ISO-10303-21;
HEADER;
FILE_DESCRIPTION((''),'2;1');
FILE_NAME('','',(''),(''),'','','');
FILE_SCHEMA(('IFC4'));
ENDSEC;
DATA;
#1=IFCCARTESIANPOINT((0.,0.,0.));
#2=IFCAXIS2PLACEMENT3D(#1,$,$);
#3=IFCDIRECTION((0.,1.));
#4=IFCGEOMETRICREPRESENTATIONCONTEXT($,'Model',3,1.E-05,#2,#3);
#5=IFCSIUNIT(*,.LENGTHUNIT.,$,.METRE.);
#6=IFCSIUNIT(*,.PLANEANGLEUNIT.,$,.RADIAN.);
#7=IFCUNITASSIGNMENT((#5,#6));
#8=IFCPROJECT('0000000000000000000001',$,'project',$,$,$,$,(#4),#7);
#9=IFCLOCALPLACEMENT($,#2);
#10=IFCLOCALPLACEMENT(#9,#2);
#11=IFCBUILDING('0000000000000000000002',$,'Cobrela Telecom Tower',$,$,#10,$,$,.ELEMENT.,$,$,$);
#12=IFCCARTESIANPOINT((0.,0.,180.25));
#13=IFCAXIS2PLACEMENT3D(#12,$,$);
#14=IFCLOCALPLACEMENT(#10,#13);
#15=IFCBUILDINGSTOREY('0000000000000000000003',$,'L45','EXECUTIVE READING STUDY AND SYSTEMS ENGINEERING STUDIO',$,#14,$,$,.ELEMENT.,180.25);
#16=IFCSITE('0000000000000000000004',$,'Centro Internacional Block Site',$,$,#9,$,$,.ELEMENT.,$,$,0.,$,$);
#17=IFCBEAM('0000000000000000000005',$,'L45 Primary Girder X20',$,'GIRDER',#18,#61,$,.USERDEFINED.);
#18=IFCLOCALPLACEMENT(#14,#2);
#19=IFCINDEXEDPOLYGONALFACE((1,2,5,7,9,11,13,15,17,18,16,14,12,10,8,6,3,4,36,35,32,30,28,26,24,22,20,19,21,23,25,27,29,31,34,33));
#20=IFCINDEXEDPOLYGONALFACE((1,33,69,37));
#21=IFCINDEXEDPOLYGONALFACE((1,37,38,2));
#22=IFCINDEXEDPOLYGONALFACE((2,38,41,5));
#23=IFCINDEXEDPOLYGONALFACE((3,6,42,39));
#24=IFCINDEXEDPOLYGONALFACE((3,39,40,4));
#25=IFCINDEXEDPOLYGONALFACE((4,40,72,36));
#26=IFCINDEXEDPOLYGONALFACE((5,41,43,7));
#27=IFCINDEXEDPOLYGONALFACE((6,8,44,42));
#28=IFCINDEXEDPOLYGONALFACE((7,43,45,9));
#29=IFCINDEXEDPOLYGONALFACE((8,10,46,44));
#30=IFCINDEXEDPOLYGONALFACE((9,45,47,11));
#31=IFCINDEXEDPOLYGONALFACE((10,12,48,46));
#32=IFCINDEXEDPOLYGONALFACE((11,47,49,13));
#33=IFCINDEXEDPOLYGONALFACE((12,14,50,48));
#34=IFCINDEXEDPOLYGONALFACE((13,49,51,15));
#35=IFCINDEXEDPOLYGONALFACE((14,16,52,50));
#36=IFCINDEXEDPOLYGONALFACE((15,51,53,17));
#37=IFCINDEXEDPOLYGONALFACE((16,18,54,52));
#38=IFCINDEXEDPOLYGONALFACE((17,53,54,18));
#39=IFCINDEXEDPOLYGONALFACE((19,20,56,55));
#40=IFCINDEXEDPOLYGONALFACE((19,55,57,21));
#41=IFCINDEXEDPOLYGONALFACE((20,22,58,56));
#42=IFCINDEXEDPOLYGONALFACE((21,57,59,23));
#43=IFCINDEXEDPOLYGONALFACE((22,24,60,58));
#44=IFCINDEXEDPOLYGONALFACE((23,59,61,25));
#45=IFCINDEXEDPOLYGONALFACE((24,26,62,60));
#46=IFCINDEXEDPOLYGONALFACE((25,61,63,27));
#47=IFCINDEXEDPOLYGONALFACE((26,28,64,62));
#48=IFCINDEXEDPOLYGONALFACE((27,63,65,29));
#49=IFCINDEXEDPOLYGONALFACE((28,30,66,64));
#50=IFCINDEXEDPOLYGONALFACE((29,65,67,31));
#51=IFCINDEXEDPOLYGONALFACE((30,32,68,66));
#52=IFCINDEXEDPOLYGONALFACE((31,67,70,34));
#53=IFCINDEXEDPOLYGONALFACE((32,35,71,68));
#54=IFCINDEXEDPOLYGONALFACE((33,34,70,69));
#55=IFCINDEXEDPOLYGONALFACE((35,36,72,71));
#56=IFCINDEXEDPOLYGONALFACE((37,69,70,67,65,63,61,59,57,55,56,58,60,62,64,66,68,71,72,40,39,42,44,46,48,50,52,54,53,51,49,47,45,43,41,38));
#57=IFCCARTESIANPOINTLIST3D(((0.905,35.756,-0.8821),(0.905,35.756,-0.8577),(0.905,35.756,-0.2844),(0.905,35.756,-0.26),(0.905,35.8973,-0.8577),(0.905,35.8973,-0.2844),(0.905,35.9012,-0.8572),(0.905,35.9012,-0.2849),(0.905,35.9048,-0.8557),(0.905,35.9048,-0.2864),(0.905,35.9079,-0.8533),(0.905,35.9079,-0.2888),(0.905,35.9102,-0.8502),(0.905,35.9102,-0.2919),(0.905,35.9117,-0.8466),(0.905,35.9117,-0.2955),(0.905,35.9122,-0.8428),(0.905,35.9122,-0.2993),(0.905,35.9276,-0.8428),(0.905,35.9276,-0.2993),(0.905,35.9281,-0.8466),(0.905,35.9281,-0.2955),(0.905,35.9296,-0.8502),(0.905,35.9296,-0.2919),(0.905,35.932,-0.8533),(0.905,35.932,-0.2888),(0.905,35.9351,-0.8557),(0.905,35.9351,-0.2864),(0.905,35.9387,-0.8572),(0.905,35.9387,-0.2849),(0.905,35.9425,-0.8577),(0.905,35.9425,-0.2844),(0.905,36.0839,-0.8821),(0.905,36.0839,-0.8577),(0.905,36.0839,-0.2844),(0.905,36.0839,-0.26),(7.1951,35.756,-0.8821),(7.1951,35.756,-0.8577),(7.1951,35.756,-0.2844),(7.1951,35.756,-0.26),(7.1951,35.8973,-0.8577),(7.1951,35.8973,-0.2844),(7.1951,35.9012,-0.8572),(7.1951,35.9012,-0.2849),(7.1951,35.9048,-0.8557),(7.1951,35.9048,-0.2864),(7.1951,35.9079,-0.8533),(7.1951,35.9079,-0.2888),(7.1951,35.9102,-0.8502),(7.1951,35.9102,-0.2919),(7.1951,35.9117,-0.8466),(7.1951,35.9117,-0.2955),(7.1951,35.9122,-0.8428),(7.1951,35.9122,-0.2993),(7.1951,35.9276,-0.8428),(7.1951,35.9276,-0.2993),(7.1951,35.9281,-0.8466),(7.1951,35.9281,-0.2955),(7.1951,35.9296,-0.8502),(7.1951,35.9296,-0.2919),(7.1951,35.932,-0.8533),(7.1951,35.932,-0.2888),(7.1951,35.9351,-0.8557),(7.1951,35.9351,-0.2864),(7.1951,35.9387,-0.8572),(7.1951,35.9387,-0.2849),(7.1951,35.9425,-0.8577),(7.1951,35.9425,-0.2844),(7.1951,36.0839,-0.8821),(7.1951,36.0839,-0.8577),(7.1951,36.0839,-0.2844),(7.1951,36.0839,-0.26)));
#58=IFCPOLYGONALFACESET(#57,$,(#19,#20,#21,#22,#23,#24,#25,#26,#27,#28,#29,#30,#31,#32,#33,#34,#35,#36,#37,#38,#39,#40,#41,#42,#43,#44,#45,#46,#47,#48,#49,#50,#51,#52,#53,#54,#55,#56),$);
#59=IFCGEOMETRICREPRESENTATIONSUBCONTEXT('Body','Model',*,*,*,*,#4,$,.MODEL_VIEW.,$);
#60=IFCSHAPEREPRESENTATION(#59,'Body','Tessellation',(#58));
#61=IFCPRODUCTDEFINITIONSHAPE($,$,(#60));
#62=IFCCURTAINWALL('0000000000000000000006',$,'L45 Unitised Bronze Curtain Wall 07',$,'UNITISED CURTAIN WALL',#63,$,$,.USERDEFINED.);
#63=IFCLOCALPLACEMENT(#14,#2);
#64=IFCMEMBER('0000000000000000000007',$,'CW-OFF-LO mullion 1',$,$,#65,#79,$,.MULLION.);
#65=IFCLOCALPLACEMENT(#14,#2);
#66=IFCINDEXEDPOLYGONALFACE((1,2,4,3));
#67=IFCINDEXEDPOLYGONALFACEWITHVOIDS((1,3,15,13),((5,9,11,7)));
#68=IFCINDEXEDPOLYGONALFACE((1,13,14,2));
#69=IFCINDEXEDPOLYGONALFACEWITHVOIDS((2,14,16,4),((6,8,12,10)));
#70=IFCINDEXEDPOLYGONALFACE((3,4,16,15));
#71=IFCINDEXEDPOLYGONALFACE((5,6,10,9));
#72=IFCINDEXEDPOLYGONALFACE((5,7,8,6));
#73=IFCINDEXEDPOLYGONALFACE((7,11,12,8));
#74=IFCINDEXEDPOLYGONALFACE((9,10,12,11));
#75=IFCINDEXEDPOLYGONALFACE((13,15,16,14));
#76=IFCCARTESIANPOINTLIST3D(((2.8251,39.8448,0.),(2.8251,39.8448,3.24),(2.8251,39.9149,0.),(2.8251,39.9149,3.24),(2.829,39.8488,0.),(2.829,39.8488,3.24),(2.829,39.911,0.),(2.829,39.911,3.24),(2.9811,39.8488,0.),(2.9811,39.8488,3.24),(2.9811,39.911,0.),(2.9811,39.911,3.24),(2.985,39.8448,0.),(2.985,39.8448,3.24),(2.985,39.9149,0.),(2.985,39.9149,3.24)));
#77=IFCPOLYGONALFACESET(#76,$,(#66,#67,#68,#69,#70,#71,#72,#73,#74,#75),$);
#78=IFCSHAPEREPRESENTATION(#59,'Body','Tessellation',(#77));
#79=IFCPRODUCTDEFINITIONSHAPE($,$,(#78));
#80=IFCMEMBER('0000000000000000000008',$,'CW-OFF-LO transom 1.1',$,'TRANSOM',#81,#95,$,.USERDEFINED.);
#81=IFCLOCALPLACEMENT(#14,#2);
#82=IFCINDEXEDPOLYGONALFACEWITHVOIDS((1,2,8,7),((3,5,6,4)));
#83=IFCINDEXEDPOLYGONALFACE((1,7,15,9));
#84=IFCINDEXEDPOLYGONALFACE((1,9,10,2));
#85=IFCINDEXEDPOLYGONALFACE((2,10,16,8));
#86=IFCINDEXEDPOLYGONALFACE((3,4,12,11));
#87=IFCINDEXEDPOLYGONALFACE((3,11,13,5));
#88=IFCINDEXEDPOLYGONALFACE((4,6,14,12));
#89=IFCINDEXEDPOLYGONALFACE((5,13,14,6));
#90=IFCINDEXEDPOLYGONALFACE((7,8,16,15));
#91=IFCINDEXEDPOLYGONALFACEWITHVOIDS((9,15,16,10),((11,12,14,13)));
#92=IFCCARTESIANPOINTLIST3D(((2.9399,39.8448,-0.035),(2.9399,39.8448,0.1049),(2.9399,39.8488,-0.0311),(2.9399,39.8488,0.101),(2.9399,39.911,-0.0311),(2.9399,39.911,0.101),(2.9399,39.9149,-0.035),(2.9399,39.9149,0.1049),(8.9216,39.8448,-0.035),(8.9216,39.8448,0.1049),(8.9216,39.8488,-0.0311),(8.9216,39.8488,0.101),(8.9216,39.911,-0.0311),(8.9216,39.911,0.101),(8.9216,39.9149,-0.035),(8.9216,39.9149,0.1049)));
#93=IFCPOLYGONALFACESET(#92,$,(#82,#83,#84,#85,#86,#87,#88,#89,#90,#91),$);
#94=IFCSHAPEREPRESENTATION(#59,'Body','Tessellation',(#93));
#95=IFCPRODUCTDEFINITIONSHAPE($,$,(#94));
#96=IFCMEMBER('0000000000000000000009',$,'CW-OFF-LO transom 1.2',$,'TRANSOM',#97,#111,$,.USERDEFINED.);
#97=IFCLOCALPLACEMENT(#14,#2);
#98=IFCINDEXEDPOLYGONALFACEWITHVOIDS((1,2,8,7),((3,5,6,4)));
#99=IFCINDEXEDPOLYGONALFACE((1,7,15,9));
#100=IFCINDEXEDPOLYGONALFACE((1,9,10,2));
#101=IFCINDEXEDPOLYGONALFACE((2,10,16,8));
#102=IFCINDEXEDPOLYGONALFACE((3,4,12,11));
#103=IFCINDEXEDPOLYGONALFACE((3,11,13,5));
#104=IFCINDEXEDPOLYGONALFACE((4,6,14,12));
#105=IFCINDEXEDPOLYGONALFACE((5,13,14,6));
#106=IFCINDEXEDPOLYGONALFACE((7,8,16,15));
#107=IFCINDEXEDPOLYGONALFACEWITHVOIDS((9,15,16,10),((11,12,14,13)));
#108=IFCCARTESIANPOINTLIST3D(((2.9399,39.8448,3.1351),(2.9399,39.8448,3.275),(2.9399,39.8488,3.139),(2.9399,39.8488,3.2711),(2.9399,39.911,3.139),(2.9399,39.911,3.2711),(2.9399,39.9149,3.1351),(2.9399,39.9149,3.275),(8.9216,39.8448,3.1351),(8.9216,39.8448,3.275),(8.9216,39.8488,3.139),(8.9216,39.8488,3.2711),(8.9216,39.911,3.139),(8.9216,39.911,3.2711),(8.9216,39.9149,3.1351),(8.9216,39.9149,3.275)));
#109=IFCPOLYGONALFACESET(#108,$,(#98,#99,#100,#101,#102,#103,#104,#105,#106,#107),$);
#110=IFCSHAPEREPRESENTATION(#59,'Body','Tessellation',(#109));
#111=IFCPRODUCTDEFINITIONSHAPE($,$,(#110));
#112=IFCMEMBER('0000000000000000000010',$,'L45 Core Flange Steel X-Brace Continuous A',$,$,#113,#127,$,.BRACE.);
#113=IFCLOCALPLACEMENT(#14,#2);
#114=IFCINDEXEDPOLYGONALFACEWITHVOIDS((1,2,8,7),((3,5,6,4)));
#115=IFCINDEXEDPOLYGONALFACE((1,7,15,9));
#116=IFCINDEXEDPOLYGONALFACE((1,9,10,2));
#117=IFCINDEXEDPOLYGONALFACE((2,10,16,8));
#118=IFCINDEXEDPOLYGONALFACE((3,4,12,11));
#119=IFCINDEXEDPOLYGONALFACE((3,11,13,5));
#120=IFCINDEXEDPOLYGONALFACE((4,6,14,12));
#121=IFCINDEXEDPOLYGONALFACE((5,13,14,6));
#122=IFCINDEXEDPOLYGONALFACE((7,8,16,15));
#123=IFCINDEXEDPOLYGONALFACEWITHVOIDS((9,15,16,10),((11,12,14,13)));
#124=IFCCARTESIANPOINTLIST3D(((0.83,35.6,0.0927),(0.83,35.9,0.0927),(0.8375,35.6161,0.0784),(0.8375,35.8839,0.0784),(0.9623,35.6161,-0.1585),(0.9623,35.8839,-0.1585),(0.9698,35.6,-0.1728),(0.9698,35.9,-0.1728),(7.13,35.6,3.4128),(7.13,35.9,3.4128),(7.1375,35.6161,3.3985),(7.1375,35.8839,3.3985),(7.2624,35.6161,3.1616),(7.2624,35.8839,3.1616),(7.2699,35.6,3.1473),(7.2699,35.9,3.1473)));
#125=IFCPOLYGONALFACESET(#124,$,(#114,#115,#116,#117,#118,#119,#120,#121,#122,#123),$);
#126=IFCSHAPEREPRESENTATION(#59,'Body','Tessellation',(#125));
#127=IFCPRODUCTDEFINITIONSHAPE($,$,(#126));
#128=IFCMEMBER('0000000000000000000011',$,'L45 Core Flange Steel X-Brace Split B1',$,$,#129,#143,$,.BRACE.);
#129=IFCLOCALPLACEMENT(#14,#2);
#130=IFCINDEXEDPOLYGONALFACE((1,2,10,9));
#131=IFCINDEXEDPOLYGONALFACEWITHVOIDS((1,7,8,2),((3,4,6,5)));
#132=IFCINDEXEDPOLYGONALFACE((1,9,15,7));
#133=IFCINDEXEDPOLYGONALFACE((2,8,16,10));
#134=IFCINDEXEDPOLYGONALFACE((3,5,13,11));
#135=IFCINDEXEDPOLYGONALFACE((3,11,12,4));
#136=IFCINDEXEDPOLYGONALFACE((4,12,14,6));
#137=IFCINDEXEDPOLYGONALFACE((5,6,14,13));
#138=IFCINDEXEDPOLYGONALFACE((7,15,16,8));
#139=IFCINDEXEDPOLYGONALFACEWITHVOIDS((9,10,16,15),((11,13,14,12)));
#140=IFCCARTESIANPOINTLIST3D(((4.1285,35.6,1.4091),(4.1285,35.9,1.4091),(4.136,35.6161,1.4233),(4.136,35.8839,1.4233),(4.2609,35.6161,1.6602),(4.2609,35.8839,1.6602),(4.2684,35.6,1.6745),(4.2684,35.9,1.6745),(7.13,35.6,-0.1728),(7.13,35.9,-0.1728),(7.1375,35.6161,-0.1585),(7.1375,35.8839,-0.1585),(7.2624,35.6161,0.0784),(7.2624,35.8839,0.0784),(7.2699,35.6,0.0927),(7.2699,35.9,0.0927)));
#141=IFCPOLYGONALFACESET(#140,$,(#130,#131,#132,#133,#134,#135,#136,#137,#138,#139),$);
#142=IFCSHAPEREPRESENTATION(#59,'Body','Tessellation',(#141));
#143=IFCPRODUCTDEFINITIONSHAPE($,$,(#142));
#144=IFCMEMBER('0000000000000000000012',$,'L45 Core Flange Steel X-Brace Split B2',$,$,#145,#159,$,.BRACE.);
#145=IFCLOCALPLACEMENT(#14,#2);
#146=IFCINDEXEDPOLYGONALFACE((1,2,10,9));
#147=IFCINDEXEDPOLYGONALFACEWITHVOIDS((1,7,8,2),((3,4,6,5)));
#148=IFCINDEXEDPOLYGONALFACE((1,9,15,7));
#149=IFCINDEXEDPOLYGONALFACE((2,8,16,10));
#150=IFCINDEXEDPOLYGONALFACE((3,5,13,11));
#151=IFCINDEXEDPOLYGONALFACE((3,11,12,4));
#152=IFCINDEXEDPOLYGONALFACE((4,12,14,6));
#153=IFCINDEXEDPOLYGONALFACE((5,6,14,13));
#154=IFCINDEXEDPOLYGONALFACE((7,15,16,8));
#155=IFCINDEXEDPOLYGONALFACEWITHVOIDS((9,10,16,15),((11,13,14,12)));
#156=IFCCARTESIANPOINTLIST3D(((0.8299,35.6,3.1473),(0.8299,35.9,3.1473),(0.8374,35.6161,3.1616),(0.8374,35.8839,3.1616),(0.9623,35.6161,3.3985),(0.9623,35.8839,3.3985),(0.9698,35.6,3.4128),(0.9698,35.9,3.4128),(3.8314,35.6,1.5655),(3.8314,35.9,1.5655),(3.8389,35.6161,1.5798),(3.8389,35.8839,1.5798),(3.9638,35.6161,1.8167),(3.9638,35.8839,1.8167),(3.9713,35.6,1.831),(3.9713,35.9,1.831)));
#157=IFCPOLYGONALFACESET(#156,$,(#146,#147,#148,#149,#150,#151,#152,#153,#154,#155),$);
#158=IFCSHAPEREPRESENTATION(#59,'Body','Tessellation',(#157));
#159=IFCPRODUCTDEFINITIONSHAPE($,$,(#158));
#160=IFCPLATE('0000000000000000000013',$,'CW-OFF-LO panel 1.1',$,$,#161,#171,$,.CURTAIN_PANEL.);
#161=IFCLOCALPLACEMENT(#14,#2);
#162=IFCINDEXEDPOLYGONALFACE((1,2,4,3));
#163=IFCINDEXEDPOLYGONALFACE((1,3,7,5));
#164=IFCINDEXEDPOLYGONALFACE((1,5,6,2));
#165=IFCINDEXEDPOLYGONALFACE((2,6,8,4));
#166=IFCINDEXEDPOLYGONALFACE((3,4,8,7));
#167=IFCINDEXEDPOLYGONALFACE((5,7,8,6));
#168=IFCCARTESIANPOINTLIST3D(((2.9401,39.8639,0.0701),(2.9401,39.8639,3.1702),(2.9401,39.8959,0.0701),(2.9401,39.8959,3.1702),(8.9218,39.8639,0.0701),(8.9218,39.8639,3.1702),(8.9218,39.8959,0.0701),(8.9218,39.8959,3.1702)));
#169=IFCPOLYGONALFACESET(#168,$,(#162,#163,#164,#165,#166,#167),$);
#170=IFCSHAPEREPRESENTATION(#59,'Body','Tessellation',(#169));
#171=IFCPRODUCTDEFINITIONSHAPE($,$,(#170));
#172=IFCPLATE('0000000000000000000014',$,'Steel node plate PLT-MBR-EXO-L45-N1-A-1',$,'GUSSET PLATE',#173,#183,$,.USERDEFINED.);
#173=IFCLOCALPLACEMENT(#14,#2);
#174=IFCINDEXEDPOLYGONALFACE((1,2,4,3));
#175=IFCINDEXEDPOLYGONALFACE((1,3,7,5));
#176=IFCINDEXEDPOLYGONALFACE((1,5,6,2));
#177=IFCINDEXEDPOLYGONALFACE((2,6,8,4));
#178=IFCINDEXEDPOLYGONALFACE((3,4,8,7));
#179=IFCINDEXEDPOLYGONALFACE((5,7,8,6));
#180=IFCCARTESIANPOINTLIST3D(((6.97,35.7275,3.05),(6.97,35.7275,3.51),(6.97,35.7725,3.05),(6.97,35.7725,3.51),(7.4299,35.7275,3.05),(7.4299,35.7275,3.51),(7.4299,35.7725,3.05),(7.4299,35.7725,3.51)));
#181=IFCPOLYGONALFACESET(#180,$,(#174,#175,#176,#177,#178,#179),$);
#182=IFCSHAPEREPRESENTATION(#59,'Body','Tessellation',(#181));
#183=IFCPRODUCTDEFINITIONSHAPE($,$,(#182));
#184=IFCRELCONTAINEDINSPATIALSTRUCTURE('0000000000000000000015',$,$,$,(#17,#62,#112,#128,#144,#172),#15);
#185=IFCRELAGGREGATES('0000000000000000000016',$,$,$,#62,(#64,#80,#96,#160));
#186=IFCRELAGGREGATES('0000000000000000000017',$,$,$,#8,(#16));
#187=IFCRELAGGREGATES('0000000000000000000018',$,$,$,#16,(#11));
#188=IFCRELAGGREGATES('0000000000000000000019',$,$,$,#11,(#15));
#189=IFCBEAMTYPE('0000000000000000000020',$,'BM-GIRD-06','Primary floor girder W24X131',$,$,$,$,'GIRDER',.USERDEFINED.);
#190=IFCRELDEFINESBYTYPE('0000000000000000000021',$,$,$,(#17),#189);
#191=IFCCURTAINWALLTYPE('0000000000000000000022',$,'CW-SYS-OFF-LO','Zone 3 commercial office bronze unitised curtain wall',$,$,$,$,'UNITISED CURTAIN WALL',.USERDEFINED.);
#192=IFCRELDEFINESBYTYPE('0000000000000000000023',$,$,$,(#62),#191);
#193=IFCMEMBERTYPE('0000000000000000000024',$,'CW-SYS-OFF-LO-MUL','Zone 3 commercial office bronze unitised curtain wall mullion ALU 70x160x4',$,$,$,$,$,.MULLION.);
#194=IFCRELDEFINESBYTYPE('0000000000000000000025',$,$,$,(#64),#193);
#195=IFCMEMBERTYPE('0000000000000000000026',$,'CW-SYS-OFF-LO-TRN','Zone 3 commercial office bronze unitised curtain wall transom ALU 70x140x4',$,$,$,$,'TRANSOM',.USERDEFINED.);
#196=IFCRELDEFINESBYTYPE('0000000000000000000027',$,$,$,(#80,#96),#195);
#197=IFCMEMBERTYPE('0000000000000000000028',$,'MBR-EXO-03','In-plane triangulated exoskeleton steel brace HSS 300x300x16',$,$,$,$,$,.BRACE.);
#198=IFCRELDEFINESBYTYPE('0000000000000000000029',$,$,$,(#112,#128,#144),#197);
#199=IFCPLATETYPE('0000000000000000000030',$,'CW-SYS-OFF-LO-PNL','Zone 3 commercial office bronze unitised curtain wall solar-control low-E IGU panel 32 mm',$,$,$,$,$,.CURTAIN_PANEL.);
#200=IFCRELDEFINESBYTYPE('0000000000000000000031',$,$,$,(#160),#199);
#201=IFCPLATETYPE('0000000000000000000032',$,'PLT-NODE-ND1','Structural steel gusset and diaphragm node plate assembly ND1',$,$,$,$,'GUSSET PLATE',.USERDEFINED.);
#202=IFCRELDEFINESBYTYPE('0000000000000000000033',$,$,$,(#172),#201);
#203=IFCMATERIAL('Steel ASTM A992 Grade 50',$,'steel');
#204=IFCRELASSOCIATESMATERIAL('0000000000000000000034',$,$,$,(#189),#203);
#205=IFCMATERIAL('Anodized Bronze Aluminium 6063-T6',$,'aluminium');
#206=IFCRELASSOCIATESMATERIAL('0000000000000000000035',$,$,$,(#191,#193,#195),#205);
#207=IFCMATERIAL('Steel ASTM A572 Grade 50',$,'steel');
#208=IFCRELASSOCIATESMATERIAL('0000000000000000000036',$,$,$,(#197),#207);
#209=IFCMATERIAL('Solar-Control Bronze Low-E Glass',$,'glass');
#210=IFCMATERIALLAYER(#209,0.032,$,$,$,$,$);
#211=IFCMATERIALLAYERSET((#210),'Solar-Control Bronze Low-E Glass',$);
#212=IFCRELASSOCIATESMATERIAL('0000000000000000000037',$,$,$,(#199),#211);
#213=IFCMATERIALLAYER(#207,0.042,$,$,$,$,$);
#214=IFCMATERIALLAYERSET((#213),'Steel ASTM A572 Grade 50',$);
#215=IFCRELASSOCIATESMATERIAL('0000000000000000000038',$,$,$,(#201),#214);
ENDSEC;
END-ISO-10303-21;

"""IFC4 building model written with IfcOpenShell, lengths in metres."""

from ifc_helpers import new_model, si_unit, direction, frame, origin, origin_2d, place, context, subcontext, project, spatial, rectangle, hollow_rectangle, i_section, extrude, material, layer, layer_set, material_profile, profile_set, type_object, element, aggregate, save


model = new_model("IFC4")

# Units and contexts
model_context = context("Model", 3, precision=1e-05, world=origin(), true_north=direction((0.0, 1.0)))
body_context = subcontext(model_context, "Body", "Model", "MODEL_VIEW")
ifc_project = project(units=[si_unit("LENGTHUNIT", "METRE"), si_unit("PLANEANGLEUNIT", "RADIAN")], contexts=[model_context])

# Site, building, storey
site_placement = place(None, origin())
site = spatial("IfcSite", under=ifc_project, at=site_placement, Name="Centro Internacional Block Site", CompositionType="ELEMENT", RefElevation=0.0)
building_placement = place(site_placement, origin())
building = spatial("IfcBuilding", under=site, at=building_placement, Name="Cobrela Telecom Tower", CompositionType="ELEMENT")
storey_placement = place(building_placement, frame((0.0, 0.0, 180.25)))
storey = spatial("IfcBuildingStorey", under=building, at=storey_placement, Name="L45", Description="EXECUTIVE READING STUDY AND SYSTEMS ENGINEERING STUDIO", CompositionType="ELEMENT", Elevation=180.25)

# Beam
ifc_material_1 = material(Name="Steel ASTM A992 Grade 50", Category="steel")
ifc_material_profile_1 = material_profile(ifc_material_1, i_section(OverallWidth=0.3279, OverallDepth=0.6221, WebThickness=0.0154, FlangeThickness=0.0244, FilletRadius=0.0149, at=origin_2d()), Name="W24X131")
ifc_profile_set_1 = profile_set([ifc_material_profile_1], Name="Steel ASTM A992 Grade 50")
beam_type = type_object("IfcBeamType", Name="BM-GIRD-06", Description="Primary floor girder W24X131", ElementType="GIRDER", PredefinedType="USERDEFINED", material=ifc_profile_set_1)
beam_placement = place(storey_placement, frame((0.905, 35.9199, -0.571), z_axis=(1.0, 0.0, 0.0), x_axis=(0.0, 1.0, 0.0)))
element("IfcBeam", 1, at=beam_placement, inside=storey, type_object=beam_type, Name="L45 Primary Girder X20", ObjectType="GIRDER", PredefinedType="USERDEFINED", context=body_context, shape_type="SweptSolid", body=[
    extrude(i_section(OverallWidth=0.3279, OverallDepth=0.6221, WebThickness=0.0154, FlangeThickness=0.0244, FilletRadius=0.0149, at=origin_2d()), origin(), (0.0, 0.0, 1.0), 6.29),
])

# Curtain wall, members
ifc_material_2 = material(Name="Anodized Bronze Aluminium 6063-T6", Category="aluminium")
curtain_wall_type = type_object("IfcCurtainWallType", Name="CW-SYS-OFF-LO", Description="Zone 3 commercial office bronze unitised curtain wall", ElementType="UNITISED CURTAIN WALL", PredefinedType="USERDEFINED", material=ifc_material_2)
curtain_wall_placement = place(storey_placement, origin())
curtain_wall = element("IfcCurtainWall", 2, at=curtain_wall_placement, inside=storey, type_object=curtain_wall_type, Name="L45 Unitised Bronze Curtain Wall 07", ObjectType="UNITISED CURTAIN WALL", PredefinedType="USERDEFINED")
ifc_material_profile_2 = material_profile(ifc_material_2, hollow_rectangle(XDim=0.0701, YDim=0.1599, WallThickness=0.0039, at=origin_2d()), Name="ALU 70x160x4")
ifc_profile_set_2 = profile_set([ifc_material_profile_2], Name="Anodized Bronze Aluminium 6063-T6")
member_type_1 = type_object("IfcMemberType", Name="CW-SYS-OFF-LO-MUL", Description="Zone 3 commercial office bronze unitised curtain wall mullion ALU 70x160x4", PredefinedType="MULLION", material=ifc_profile_set_2)
member_1_placement = place(storey_placement, frame((2.905, 39.8799, 0.0), z_axis=(0.0, 0.0, 1.0), x_axis=(0.0, 1.0, 0.0)))
member_1 = element("IfcMember", 3, at=member_1_placement, type_object=member_type_1, Name="CW-OFF-LO mullion 1", PredefinedType="MULLION", context=body_context, shape_type="SweptSolid", body=[
    extrude(hollow_rectangle(XDim=0.0701, YDim=0.1599, WallThickness=0.0039, at=origin_2d()), origin(), (0.0, 0.0, 1.0), 3.24),
])
ifc_material_profile_3 = material_profile(ifc_material_2, hollow_rectangle(XDim=0.0701, YDim=0.1399, WallThickness=0.0039, at=origin_2d()), Name="ALU 70x140x4")
ifc_profile_set_3 = profile_set([ifc_material_profile_3], Name="Anodized Bronze Aluminium 6063-T6")
member_type_2 = type_object("IfcMemberType", Name="CW-SYS-OFF-LO-TRN", Description="Zone 3 commercial office bronze unitised curtain wall transom ALU 70x140x4", ElementType="TRANSOM", PredefinedType="USERDEFINED", material=ifc_profile_set_3)
member_2_placement = place(storey_placement, frame((2.9399, 39.8799, 0.0349), z_axis=(1.0, 0.0, 0.0), x_axis=(0.0, 1.0, 0.0)))
member_2 = element("IfcMember", 4, at=member_2_placement, type_object=member_type_2, Name="CW-OFF-LO transom 1.1", ObjectType="TRANSOM", PredefinedType="USERDEFINED", context=body_context, shape_type="SweptSolid", body=[
    extrude(hollow_rectangle(XDim=0.0701, YDim=0.1399, WallThickness=0.0039, at=origin_2d()), origin(), (0.0, 0.0, 1.0), 5.9817),
])
member_3_placement = place(storey_placement, frame((2.9399, 39.8799, 3.2051), z_axis=(1.0, 0.0, 0.0), x_axis=(0.0, 1.0, 0.0)))
member_3 = element("IfcMember", 5, at=member_3_placement, type_object=member_type_2, Name="CW-OFF-LO transom 1.2", ObjectType="TRANSOM", PredefinedType="USERDEFINED", context=body_context, shape_type="SweptSolid", body=[
    extrude(hollow_rectangle(XDim=0.0701, YDim=0.1399, WallThickness=0.0039, at=origin_2d()), origin(), (0.0, 0.0, 1.0), 5.9817),
])

# Members
ifc_material_3 = material(Name="Steel ASTM A572 Grade 50", Category="steel")
ifc_material_profile_4 = material_profile(ifc_material_3, hollow_rectangle(XDim=0.3, YDim=0.3, WallThickness=0.0161, at=origin_2d()), Name="HSS 300x300x16")
ifc_profile_set_4 = profile_set([ifc_material_profile_4], Name="Steel ASTM A572 Grade 50")
member_type_3 = type_object("IfcMemberType", Name="MBR-EXO-03", Description="In-plane triangulated exoskeleton steel brace HSS 300x300x16", PredefinedType="BRACE", material=ifc_profile_set_4)
member_4_placement = place(storey_placement, frame((0.8999, 35.75, -0.04), z_axis=(0.884672, 0.0, 0.466214), x_axis=(0.0, 1.0, 0.0)))
element("IfcMember", 6, at=member_4_placement, inside=storey, type_object=member_type_3, Name="L45 Core Flange Steel X-Brace Continuous A", PredefinedType="BRACE", context=body_context, shape_type="SweptSolid", body=[
    extrude(hollow_rectangle(XDim=0.3, YDim=0.3, WallThickness=0.0161, at=origin_2d()), origin(), (0.0, 0.0, 1.0), 7.1213),
])
for number, where, z_axis, x_axis, name in (
    (7, (7.2, 35.75, -0.04), (-0.884667, 0.0, 0.466224), (0.0, -1.0, 0.0), "L45 Core Flange Steel X-Brace Split B1"),
    (8, (3.9014, 35.75, 1.6982), (-0.884667, 0.0, 0.466224), (0.0, -1.0, 0.0), "L45 Core Flange Steel X-Brace Split B2"),
):
    element("IfcMember", number, at=place(storey_placement, frame(where, z_axis=z_axis, x_axis=x_axis)), inside=storey, type_object=member_type_3, Name=name, PredefinedType="BRACE", context=body_context, shape_type="SweptSolid", body=[
        extrude(hollow_rectangle(XDim=0.3, YDim=0.3, WallThickness=0.0161, at=origin_2d()), origin(), (0.0, 0.0, 1.0), 3.3928),
    ])

# Plate
ifc_material_4 = material(Name="Solar-Control Bronze Low-E Glass", Category="glass")
ifc_layer_1 = layer(ifc_material_4, 0.032)
ifc_layer_set_1 = layer_set([ifc_layer_1], Name="Solar-Control Bronze Low-E Glass")
plate_type_1 = type_object("IfcPlateType", Name="CW-SYS-OFF-LO-PNL", Description="Zone 3 commercial office bronze unitised curtain wall solar-control low-E IGU panel 32 mm", PredefinedType="CURTAIN_PANEL", material=ifc_layer_set_1)
plate_1_placement = place(storey_placement, frame((5.9309, 39.8799, 0.0701), z_axis=(0.0, 0.0, 1.0), x_axis=(1.0, 0.0, 0.0)))
plate_1 = element("IfcPlate", 9, at=plate_1_placement, type_object=plate_type_1, Name="CW-OFF-LO panel 1.1", PredefinedType="CURTAIN_PANEL", context=body_context, shape_type="SweptSolid", body=[
    extrude(rectangle(XDim=5.9817, YDim=0.032, at=origin_2d()), origin(), (0.0, 0.0, 1.0), 3.1001),
])
aggregate(curtain_wall, [member_1, member_2, member_3, plate_1])

# Plate
ifc_layer_2 = layer(ifc_material_3, 0.042)
ifc_layer_set_2 = layer_set([ifc_layer_2], Name="Steel ASTM A572 Grade 50")
plate_type_2 = type_object("IfcPlateType", Name="PLT-NODE-ND1", Description="Structural steel gusset and diaphragm node plate assembly ND1", ElementType="GUSSET PLATE", PredefinedType="USERDEFINED", material=ifc_layer_set_2)
for number, where, z_axis, x_axis, name in (
    (10, (7.2, 35.75, 3.05), (0.0, 0.0, 1.0), (1.0, 0.0, 0.0), "Steel node plate PLT-MBR-EXO-L45-N1-A-1"),
):
    element("IfcPlate", number, at=place(storey_placement, frame(where, z_axis=z_axis, x_axis=x_axis)), inside=storey, type_object=plate_type_2, Name=name, ObjectType="GUSSET PLATE", PredefinedType="USERDEFINED", context=body_context, shape_type="SweptSolid", body=[
        extrude(rectangle(XDim=0.46, YDim=0.0449, at=origin_2d()), origin(), (0.0, 0.0, 1.0), 0.46),
    ])

save(model, "model.ifc")
